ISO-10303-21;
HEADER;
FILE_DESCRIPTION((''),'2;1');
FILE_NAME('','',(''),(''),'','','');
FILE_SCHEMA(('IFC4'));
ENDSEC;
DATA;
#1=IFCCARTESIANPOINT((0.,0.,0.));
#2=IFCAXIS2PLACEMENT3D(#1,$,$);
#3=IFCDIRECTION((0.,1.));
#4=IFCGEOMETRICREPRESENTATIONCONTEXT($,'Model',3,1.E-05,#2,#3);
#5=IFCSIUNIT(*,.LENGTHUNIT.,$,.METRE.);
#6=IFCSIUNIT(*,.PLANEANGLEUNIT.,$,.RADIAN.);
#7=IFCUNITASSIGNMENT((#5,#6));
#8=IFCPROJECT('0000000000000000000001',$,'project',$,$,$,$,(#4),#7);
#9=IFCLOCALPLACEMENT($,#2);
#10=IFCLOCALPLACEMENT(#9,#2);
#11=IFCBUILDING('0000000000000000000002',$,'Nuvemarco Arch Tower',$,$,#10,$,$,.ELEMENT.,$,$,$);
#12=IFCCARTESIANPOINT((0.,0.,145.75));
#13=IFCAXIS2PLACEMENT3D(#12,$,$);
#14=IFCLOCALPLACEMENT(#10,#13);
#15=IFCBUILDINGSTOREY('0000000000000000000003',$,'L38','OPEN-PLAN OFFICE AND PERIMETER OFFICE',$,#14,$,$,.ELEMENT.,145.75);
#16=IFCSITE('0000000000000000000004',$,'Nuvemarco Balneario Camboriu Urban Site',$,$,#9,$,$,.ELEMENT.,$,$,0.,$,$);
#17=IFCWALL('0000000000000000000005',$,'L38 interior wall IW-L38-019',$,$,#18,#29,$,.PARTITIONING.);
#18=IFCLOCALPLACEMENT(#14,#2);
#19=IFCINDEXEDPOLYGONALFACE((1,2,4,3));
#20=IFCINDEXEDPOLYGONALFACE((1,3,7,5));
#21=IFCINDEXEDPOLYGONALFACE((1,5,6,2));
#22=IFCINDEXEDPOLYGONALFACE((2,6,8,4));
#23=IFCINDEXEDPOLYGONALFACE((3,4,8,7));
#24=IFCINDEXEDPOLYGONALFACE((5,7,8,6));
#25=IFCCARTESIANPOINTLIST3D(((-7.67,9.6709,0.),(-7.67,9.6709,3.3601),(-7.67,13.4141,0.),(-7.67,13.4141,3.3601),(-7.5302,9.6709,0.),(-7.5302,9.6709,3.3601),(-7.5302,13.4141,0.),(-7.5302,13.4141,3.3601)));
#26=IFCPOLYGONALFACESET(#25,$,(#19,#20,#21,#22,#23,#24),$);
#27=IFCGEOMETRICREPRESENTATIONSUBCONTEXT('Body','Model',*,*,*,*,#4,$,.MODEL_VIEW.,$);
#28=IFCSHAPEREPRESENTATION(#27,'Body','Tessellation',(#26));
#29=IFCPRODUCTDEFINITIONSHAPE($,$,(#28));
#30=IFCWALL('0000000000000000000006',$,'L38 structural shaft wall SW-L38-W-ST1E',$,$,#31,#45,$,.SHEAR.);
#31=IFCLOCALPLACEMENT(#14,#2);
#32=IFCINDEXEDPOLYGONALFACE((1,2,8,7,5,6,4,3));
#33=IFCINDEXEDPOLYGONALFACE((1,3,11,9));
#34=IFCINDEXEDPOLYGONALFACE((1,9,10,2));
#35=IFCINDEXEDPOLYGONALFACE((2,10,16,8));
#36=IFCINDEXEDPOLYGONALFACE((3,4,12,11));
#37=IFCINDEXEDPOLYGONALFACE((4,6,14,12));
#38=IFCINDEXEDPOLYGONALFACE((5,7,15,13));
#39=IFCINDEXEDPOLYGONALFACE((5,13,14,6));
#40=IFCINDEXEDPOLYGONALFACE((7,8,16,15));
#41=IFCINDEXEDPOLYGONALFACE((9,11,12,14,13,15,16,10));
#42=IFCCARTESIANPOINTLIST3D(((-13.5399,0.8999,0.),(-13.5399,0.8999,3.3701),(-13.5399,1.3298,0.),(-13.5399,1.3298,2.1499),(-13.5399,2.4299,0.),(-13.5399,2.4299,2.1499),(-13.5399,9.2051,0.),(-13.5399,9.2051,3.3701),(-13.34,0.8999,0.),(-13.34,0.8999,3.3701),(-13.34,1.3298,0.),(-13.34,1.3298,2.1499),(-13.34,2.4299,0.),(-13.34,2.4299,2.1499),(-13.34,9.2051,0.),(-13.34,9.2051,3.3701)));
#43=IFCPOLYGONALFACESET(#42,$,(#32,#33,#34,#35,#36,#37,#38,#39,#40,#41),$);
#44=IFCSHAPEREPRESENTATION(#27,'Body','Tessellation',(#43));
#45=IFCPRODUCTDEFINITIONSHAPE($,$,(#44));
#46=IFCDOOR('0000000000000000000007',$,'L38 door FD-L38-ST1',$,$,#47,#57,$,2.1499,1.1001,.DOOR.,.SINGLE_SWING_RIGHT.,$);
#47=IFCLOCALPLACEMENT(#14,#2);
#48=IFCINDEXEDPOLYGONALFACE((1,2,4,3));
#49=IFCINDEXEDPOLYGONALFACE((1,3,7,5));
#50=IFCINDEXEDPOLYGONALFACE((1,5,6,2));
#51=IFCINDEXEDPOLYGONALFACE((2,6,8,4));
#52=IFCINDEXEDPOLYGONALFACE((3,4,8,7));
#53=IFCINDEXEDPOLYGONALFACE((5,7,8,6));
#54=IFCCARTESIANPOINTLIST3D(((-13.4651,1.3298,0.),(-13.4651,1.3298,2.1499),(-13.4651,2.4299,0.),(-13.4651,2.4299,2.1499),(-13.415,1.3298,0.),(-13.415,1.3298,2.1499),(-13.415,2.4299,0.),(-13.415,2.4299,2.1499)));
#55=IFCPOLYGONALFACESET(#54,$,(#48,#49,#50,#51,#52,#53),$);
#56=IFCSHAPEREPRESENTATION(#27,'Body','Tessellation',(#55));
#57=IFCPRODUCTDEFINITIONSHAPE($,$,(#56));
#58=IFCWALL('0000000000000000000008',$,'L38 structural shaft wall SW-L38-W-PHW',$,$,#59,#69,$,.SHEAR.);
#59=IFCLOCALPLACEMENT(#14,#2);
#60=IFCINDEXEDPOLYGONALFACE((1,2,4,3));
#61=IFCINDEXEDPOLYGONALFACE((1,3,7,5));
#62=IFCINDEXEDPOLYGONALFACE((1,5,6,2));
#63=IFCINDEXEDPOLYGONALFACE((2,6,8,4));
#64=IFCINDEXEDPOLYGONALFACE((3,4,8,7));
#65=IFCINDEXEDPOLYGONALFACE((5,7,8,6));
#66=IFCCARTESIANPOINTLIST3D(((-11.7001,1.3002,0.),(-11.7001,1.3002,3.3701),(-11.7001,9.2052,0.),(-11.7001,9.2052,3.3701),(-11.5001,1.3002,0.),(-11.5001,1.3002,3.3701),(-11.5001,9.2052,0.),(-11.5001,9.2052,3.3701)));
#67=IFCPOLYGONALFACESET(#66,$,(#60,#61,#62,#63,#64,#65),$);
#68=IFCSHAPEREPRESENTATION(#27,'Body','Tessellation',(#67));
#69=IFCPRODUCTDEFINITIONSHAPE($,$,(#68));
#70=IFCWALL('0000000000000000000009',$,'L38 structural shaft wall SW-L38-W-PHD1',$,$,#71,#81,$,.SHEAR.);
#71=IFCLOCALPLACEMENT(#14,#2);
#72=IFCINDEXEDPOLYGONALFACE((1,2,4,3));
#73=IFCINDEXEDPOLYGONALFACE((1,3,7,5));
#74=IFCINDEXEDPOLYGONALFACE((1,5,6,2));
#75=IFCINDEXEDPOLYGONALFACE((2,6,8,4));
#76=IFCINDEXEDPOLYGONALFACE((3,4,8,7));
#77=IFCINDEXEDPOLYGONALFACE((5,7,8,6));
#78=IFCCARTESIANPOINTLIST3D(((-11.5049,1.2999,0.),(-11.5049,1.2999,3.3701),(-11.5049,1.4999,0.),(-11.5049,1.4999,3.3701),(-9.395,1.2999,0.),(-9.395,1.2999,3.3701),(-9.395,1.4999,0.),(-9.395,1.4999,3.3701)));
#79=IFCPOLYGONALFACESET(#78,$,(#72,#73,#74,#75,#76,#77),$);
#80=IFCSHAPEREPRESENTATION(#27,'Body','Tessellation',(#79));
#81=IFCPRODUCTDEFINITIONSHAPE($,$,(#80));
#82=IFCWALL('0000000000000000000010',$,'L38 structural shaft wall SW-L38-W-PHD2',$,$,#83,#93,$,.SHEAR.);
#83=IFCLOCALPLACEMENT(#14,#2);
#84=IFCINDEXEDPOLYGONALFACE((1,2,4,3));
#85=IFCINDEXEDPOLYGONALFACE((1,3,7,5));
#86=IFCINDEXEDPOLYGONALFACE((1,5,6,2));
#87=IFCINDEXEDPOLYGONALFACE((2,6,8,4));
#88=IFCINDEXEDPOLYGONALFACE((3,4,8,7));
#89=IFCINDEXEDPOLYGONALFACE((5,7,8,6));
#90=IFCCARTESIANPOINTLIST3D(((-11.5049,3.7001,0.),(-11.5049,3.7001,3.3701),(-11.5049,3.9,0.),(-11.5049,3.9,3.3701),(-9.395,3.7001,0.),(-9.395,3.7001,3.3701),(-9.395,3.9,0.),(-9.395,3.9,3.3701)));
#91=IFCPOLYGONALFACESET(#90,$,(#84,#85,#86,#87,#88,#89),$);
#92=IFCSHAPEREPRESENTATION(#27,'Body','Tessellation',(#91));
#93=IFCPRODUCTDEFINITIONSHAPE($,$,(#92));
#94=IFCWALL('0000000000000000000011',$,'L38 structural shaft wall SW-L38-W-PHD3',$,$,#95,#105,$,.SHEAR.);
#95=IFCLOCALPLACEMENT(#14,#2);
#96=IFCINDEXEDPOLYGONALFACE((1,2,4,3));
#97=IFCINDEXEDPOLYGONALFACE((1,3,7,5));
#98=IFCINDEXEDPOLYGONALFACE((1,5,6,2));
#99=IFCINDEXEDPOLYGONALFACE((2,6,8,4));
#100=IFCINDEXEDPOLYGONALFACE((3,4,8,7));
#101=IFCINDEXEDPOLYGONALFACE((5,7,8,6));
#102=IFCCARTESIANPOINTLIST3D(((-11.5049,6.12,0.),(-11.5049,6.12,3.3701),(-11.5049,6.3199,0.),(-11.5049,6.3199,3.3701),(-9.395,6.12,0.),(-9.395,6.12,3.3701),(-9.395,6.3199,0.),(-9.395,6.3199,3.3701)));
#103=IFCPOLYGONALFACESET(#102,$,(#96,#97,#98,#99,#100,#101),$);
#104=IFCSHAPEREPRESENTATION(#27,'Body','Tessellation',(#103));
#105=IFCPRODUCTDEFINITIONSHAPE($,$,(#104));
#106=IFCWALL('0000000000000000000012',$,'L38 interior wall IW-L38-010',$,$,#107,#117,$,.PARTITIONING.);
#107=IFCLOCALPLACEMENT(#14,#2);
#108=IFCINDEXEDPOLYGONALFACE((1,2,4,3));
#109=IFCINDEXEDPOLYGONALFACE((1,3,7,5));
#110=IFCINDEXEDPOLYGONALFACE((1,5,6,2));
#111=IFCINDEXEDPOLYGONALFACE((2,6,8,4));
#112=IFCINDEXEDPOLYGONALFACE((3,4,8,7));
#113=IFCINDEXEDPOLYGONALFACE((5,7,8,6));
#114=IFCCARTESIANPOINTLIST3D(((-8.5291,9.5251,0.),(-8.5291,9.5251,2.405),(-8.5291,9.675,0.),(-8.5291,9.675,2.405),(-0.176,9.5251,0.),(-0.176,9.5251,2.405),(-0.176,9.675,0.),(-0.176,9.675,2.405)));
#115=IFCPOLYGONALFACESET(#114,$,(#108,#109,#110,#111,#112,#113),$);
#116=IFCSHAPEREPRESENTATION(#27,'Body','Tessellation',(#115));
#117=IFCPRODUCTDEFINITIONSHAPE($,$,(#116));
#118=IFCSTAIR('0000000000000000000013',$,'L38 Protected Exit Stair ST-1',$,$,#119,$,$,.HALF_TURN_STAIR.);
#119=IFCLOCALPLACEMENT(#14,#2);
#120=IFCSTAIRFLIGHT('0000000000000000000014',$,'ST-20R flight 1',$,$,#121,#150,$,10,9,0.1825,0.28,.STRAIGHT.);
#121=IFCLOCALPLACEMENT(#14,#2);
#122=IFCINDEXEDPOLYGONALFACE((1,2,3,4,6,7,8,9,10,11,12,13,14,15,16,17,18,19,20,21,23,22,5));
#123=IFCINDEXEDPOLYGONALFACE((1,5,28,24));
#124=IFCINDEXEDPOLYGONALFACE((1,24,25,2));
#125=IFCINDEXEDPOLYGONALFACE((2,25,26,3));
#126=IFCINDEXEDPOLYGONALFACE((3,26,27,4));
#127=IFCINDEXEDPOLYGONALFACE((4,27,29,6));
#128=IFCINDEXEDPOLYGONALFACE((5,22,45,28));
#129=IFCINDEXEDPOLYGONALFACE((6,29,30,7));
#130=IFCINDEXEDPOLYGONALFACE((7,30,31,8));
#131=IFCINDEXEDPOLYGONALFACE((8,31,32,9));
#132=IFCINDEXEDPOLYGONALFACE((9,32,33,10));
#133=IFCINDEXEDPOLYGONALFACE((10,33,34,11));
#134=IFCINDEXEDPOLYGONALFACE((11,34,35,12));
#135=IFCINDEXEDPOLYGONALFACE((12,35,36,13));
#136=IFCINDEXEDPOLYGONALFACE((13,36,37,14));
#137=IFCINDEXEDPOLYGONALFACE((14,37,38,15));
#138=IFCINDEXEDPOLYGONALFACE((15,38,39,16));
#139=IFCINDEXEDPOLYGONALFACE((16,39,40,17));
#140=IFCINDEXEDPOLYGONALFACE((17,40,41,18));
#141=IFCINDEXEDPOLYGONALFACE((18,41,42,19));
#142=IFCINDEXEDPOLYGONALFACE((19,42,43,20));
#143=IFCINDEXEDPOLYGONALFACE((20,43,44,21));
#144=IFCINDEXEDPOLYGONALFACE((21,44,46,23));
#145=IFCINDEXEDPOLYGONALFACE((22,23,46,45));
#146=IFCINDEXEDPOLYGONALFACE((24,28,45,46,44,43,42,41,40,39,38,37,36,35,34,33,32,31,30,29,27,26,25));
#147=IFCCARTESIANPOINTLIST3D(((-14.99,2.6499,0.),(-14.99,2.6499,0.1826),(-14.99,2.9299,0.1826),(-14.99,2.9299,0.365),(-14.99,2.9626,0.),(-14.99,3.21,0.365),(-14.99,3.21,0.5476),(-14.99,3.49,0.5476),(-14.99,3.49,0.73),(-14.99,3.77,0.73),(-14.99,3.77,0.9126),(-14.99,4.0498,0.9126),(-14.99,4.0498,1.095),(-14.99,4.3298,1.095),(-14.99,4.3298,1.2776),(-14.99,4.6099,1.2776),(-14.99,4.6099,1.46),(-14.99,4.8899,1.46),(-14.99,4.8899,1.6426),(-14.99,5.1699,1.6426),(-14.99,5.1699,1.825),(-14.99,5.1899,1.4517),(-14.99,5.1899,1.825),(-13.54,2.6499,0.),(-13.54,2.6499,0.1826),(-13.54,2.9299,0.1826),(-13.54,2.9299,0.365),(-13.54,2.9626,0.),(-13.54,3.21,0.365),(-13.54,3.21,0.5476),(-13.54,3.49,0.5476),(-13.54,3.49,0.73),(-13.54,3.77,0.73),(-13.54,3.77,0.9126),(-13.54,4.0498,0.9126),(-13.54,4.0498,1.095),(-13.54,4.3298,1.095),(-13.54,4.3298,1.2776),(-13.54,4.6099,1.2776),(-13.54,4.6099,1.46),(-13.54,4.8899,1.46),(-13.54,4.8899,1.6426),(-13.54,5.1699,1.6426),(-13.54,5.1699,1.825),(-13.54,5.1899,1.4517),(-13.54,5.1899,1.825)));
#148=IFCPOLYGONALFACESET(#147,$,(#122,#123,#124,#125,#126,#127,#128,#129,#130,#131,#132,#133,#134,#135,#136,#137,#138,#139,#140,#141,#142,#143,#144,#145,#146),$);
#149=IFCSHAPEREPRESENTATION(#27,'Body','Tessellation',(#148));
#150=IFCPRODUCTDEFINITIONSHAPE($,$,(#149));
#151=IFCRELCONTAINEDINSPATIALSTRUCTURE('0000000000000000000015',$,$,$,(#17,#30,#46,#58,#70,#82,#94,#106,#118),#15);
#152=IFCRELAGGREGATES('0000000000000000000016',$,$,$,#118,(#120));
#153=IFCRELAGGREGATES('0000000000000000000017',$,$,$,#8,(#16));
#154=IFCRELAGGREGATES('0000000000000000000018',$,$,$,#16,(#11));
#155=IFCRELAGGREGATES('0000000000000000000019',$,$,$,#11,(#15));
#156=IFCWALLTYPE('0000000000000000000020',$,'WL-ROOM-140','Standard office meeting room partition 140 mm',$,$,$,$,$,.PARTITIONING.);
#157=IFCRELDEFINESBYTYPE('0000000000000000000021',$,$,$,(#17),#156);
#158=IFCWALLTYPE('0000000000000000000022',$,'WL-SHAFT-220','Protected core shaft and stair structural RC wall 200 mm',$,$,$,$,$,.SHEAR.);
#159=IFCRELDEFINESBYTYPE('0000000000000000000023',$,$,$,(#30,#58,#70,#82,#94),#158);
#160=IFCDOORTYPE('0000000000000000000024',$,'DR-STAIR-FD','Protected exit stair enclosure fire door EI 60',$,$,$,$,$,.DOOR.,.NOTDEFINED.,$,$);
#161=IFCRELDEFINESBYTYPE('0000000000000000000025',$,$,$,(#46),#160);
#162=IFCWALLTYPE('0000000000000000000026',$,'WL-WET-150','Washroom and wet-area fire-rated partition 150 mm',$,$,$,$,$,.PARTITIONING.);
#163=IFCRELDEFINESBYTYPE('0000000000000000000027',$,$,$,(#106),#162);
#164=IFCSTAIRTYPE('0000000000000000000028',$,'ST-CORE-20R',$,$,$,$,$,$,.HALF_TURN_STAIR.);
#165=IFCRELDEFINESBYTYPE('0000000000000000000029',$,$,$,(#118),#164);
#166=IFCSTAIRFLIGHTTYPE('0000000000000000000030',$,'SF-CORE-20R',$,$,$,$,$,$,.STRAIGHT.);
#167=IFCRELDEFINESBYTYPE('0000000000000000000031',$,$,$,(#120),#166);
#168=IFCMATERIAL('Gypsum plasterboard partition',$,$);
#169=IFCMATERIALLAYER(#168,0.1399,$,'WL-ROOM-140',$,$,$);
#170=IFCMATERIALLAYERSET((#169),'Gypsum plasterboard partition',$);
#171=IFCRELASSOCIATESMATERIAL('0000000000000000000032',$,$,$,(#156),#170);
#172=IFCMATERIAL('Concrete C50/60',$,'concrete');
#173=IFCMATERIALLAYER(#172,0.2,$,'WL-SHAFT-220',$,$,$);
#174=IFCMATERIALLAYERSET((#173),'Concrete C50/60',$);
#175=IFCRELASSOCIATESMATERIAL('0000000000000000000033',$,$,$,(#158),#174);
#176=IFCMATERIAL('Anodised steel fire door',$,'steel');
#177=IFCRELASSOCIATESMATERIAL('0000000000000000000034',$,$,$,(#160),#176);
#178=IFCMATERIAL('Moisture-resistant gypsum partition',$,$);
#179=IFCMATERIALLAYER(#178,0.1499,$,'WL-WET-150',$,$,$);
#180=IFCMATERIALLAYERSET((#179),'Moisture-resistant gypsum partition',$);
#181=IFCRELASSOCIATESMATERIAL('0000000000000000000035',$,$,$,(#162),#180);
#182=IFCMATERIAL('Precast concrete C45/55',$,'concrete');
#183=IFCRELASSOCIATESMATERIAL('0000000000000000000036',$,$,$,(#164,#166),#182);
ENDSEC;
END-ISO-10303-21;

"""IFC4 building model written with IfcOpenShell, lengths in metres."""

from ifc_helpers import new_model, si_unit, direction, frame, frame_2d, origin, place, context, subcontext, project, spatial, polyline, rectangle, outline, extrude, source, transform, mapped, material, layer, layer_set, type_object, type_shapes, element, fill, aggregate, save


model = new_model("IFC4")

# Units and contexts
model_context = context("Model", 3, precision=1e-05, world=origin(), true_north=direction((0.0, 1.0)))
body_context = subcontext(model_context, "Body", "Model", "MODEL_VIEW")
ifc_project = project(units=[si_unit("LENGTHUNIT", "METRE"), si_unit("PLANEANGLEUNIT", "RADIAN")], contexts=[model_context])

# Site, building, storey
site_placement = place(None, origin())
site = spatial("IfcSite", under=ifc_project, at=site_placement, Name="Nuvemarco Balneario Camboriu Urban Site", CompositionType="ELEMENT", RefElevation=0.0)
building_placement = place(site_placement, origin())
building = spatial("IfcBuilding", under=site, at=building_placement, Name="Nuvemarco Arch Tower", CompositionType="ELEMENT")
storey_placement = place(building_placement, frame((0.0, 0.0, 145.75)))
storey = spatial("IfcBuildingStorey", under=building, at=storey_placement, Name="L38", Description="OPEN-PLAN OFFICE AND PERIMETER OFFICE", CompositionType="ELEMENT", Elevation=145.75)

# Shared definitions
ifc_material_1 = material(Name="Concrete C50/60", Category="concrete")

# Shared definitions
ifc_material_2 = material(Name="Precast concrete C45/55", Category="concrete")

# Wall
ifc_material_3 = material(Name="Gypsum plasterboard partition")
ifc_layer_1 = layer(ifc_material_3, 0.1399, Name="WL-ROOM-140")
ifc_layer_set_1 = layer_set([ifc_layer_1], Name="Gypsum plasterboard partition")
wall_type_1 = type_object("IfcWallType", Name="WL-ROOM-140", Description="Standard office meeting room partition 140 mm", PredefinedType="PARTITIONING", material=ifc_layer_set_1)
wall_1_placement = place(storey_placement, frame((-7.6001, 9.6709, 0.0), z_axis=(0.0, 0.0, 1.0), x_axis=(0.0, 1.0, 0.0)))
element("IfcWall", 1, at=wall_1_placement, inside=storey, type_object=wall_type_1, Name="L38 interior wall IW-L38-019", PredefinedType="PARTITIONING", context=body_context, shape_type="SweptSolid", body=[
    extrude(rectangle(XDim=3.7432, YDim=0.1399, at=frame_2d((1.8716, 0.0))), origin(), (0.0, 0.0, 1.0), 3.3601),
])

# Wall, opening, door
ifc_layer_2 = layer(ifc_material_1, 0.2, Name="WL-SHAFT-220")
ifc_layer_set_2 = layer_set([ifc_layer_2], Name="Concrete C50/60")
wall_type_2 = type_object("IfcWallType", Name="WL-SHAFT-220", Description="Protected core shaft and stair structural RC wall 200 mm", PredefinedType="SHEAR", material=ifc_layer_set_2)
wall_2_placement = place(storey_placement, frame((-13.4399, 0.8999, 0.0), z_axis=(0.0, 0.0, 1.0), x_axis=(0.0, 1.0, 0.0)))
wall_2 = element("IfcWall", 2, at=wall_2_placement, inside=storey, type_object=wall_type_2, Name="L38 structural shaft wall SW-L38-W-ST1E", PredefinedType="SHEAR", context=body_context, shape_type="SweptSolid", body=[
    extrude(rectangle(XDim=8.3052, YDim=0.2, at=frame_2d((4.1526, 0.0))), origin(), (0.0, 0.0, 1.0), 3.3701),
])
opening_1_placement = place(wall_2_placement, frame((1.53, 0.0, 0.0), z_axis=(0.0, 0.0, 1.0), x_axis=(-1.0, 0.0, 0.0)))
opening_1 = element("IfcOpeningElement", 3, at=opening_1_placement, cuts=wall_2, PredefinedType="OPENING", context=body_context, shape_type="SweptSolid", body=[
    extrude(rectangle(XDim=1.1001, YDim=2.1499, at=frame_2d((0.55, 1.075))), frame((0.0, 0.1099, 0.0), z_axis=(0.0, -1.0, 0.0), x_axis=(1.0, 0.0, 0.0)), (0.0, 0.0, 1.0), 0.22),
])
ifc_material_4 = material(Name="Anodised steel fire door", Category="steel")
door_type_1 = type_object("IfcDoorType", Name="DR-STAIR-FD", Description="Protected exit stair enclosure fire door EI 60", OperationType="NOTDEFINED", PredefinedType="DOOR", material=ifc_material_4)
shared_shape_1 = source(origin(), body_context, "Body", "SweptSolid", [
    extrude(rectangle(XDim=1.1001, YDim=2.1499, at=frame_2d((0.55, 1.075))), frame((0.0, 0.0249, 0.0), z_axis=(0.0, -1.0, 0.0), x_axis=(1.0, 0.0, 0.0)), (0.0, 0.0, 1.0), 0.05),
])
type_shapes(door_type_1, [shared_shape_1])
door_1_placement = place(opening_1_placement, origin())
door_1 = element("IfcDoor", 4, at=door_1_placement, inside=storey, type_object=door_type_1, Name="L38 door FD-L38-ST1", OperationType="SINGLE_SWING_RIGHT", OverallHeight=2.1499, OverallWidth=1.1001, PredefinedType="DOOR", context=body_context, shape_type="MappedRepresentation", body=[
    mapped(shared_shape_1, transform((0.0, 0.0, 0.0), scale=1.0)),
])
fill(opening_1, door_1)

# Walls
wall_3_placement = place(storey_placement, frame((-11.6001, 1.3, 0.0), z_axis=(0.0, 0.0, 1.0), x_axis=(0.0, 1.0, 0.0)))
element("IfcWall", 5, at=wall_3_placement, inside=storey, type_object=wall_type_2, Name="L38 structural shaft wall SW-L38-W-PHW", PredefinedType="SHEAR", context=body_context, shape_type="SweptSolid", body=[
    extrude(rectangle(XDim=7.905, YDim=0.2, at=frame_2d((3.9526, 0.0))), origin(), (0.0, 0.0, 1.0), 3.3701),
])
for number, where, z_axis, x_axis, name in (
    (6, (-11.5049, 1.3999, 0.0), (0.0, 0.0, 1.0), (1.0, 0.0, 0.0), "L38 structural shaft wall SW-L38-W-PHD1"),
    (7, (-11.5049, 3.8, 0.0), (0.0, 0.0, 1.0), (1.0, 0.0, 0.0), "L38 structural shaft wall SW-L38-W-PHD2"),
    (8, (-11.5049, 6.22, 0.0), (0.0, 0.0, 1.0), (1.0, 0.0, 0.0), "L38 structural shaft wall SW-L38-W-PHD3"),
):
    element("IfcWall", number, at=place(storey_placement, frame(where, z_axis=z_axis, x_axis=x_axis)), inside=storey, type_object=wall_type_2, Name=name, PredefinedType="SHEAR", context=body_context, shape_type="SweptSolid", body=[
        extrude(rectangle(XDim=2.1099, YDim=0.2, at=frame_2d((1.0549, 0.0))), origin(), (0.0, 0.0, 1.0), 3.3701),
    ])
ifc_material_5 = material(Name="Moisture-resistant gypsum partition")
ifc_layer_3 = layer(ifc_material_5, 0.1499, Name="WL-WET-150")
ifc_layer_set_3 = layer_set([ifc_layer_3], Name="Moisture-resistant gypsum partition")
wall_type_3 = type_object("IfcWallType", Name="WL-WET-150", Description="Washroom and wet-area fire-rated partition 150 mm", PredefinedType="PARTITIONING", material=ifc_layer_set_3)
wall_4_placement = place(storey_placement, frame((-8.5291, 9.6001, 0.0), z_axis=(0.0, 0.0, 1.0), x_axis=(1.0, 0.0, 0.0)))
element("IfcWall", 9, at=wall_4_placement, inside=storey, type_object=wall_type_3, Name="L38 interior wall IW-L38-010", PredefinedType="PARTITIONING", context=body_context, shape_type="SweptSolid", body=[
    extrude(rectangle(XDim=8.353, YDim=0.1499, at=frame_2d((4.1765, 0.0))), origin(), (0.0, 0.0, 1.0), 2.405),
])

# Stair, stair flight
stair_type = type_object("IfcStairType", Name="ST-CORE-20R", PredefinedType="HALF_TURN_STAIR", material=ifc_material_2)
stair_placement = place(storey_placement, origin())
stair = element("IfcStair", 10, at=stair_placement, inside=storey, type_object=stair_type, Name="L38 Protected Exit Stair ST-1", PredefinedType="HALF_TURN_STAIR")
stair_flight_type = type_object("IfcStairFlightType", Name="SF-CORE-20R", PredefinedType="STRAIGHT", material=ifc_material_2)
stair_flight_placement = place(storey_placement, frame((-14.2649, 2.6499, 0.0), z_axis=(0.0, 0.0, 1.0), x_axis=(0.0, 1.0, 0.0)))
stair_flight = element("IfcStairFlight", 11, at=stair_flight_placement, type_object=stair_flight_type, Name="ST-20R flight 1", NumberOfRisers=10, NumberOfTreads=9, PredefinedType="STRAIGHT", RiserHeight=0.1825, TreadLength=0.28, context=body_context, shape_type="SweptSolid", body=[
    extrude(outline(polyline([(0.0, 0.0), (0.0, 0.1826), (0.28, 0.1826), (0.28, 0.365), (0.5601, 0.365), (0.5601, 0.5476), (0.8401, 0.5476), (0.8401, 0.73), (1.1201, 0.73), (1.1201, 0.9126), (1.3999, 0.9126), (1.3999, 1.095), (1.6799, 1.095), (1.6799, 1.2776), (1.96, 1.2776), (1.96, 1.46), (2.24, 1.46), (2.24, 1.6426), (2.52, 1.6426), (2.52, 1.825), (2.54, 1.825), (2.54, 1.4517), (0.3127, 0.0), (0.0, 0.0)])), frame((0.0, 0.7251, 0.0), z_axis=(0.0, -1.0, 0.0), x_axis=(1.0, 0.0, 0.0)), (0.0, 0.0, 1.0), 1.45),
])
aggregate(stair, [stair_flight])

save(model, "model.ifc")
